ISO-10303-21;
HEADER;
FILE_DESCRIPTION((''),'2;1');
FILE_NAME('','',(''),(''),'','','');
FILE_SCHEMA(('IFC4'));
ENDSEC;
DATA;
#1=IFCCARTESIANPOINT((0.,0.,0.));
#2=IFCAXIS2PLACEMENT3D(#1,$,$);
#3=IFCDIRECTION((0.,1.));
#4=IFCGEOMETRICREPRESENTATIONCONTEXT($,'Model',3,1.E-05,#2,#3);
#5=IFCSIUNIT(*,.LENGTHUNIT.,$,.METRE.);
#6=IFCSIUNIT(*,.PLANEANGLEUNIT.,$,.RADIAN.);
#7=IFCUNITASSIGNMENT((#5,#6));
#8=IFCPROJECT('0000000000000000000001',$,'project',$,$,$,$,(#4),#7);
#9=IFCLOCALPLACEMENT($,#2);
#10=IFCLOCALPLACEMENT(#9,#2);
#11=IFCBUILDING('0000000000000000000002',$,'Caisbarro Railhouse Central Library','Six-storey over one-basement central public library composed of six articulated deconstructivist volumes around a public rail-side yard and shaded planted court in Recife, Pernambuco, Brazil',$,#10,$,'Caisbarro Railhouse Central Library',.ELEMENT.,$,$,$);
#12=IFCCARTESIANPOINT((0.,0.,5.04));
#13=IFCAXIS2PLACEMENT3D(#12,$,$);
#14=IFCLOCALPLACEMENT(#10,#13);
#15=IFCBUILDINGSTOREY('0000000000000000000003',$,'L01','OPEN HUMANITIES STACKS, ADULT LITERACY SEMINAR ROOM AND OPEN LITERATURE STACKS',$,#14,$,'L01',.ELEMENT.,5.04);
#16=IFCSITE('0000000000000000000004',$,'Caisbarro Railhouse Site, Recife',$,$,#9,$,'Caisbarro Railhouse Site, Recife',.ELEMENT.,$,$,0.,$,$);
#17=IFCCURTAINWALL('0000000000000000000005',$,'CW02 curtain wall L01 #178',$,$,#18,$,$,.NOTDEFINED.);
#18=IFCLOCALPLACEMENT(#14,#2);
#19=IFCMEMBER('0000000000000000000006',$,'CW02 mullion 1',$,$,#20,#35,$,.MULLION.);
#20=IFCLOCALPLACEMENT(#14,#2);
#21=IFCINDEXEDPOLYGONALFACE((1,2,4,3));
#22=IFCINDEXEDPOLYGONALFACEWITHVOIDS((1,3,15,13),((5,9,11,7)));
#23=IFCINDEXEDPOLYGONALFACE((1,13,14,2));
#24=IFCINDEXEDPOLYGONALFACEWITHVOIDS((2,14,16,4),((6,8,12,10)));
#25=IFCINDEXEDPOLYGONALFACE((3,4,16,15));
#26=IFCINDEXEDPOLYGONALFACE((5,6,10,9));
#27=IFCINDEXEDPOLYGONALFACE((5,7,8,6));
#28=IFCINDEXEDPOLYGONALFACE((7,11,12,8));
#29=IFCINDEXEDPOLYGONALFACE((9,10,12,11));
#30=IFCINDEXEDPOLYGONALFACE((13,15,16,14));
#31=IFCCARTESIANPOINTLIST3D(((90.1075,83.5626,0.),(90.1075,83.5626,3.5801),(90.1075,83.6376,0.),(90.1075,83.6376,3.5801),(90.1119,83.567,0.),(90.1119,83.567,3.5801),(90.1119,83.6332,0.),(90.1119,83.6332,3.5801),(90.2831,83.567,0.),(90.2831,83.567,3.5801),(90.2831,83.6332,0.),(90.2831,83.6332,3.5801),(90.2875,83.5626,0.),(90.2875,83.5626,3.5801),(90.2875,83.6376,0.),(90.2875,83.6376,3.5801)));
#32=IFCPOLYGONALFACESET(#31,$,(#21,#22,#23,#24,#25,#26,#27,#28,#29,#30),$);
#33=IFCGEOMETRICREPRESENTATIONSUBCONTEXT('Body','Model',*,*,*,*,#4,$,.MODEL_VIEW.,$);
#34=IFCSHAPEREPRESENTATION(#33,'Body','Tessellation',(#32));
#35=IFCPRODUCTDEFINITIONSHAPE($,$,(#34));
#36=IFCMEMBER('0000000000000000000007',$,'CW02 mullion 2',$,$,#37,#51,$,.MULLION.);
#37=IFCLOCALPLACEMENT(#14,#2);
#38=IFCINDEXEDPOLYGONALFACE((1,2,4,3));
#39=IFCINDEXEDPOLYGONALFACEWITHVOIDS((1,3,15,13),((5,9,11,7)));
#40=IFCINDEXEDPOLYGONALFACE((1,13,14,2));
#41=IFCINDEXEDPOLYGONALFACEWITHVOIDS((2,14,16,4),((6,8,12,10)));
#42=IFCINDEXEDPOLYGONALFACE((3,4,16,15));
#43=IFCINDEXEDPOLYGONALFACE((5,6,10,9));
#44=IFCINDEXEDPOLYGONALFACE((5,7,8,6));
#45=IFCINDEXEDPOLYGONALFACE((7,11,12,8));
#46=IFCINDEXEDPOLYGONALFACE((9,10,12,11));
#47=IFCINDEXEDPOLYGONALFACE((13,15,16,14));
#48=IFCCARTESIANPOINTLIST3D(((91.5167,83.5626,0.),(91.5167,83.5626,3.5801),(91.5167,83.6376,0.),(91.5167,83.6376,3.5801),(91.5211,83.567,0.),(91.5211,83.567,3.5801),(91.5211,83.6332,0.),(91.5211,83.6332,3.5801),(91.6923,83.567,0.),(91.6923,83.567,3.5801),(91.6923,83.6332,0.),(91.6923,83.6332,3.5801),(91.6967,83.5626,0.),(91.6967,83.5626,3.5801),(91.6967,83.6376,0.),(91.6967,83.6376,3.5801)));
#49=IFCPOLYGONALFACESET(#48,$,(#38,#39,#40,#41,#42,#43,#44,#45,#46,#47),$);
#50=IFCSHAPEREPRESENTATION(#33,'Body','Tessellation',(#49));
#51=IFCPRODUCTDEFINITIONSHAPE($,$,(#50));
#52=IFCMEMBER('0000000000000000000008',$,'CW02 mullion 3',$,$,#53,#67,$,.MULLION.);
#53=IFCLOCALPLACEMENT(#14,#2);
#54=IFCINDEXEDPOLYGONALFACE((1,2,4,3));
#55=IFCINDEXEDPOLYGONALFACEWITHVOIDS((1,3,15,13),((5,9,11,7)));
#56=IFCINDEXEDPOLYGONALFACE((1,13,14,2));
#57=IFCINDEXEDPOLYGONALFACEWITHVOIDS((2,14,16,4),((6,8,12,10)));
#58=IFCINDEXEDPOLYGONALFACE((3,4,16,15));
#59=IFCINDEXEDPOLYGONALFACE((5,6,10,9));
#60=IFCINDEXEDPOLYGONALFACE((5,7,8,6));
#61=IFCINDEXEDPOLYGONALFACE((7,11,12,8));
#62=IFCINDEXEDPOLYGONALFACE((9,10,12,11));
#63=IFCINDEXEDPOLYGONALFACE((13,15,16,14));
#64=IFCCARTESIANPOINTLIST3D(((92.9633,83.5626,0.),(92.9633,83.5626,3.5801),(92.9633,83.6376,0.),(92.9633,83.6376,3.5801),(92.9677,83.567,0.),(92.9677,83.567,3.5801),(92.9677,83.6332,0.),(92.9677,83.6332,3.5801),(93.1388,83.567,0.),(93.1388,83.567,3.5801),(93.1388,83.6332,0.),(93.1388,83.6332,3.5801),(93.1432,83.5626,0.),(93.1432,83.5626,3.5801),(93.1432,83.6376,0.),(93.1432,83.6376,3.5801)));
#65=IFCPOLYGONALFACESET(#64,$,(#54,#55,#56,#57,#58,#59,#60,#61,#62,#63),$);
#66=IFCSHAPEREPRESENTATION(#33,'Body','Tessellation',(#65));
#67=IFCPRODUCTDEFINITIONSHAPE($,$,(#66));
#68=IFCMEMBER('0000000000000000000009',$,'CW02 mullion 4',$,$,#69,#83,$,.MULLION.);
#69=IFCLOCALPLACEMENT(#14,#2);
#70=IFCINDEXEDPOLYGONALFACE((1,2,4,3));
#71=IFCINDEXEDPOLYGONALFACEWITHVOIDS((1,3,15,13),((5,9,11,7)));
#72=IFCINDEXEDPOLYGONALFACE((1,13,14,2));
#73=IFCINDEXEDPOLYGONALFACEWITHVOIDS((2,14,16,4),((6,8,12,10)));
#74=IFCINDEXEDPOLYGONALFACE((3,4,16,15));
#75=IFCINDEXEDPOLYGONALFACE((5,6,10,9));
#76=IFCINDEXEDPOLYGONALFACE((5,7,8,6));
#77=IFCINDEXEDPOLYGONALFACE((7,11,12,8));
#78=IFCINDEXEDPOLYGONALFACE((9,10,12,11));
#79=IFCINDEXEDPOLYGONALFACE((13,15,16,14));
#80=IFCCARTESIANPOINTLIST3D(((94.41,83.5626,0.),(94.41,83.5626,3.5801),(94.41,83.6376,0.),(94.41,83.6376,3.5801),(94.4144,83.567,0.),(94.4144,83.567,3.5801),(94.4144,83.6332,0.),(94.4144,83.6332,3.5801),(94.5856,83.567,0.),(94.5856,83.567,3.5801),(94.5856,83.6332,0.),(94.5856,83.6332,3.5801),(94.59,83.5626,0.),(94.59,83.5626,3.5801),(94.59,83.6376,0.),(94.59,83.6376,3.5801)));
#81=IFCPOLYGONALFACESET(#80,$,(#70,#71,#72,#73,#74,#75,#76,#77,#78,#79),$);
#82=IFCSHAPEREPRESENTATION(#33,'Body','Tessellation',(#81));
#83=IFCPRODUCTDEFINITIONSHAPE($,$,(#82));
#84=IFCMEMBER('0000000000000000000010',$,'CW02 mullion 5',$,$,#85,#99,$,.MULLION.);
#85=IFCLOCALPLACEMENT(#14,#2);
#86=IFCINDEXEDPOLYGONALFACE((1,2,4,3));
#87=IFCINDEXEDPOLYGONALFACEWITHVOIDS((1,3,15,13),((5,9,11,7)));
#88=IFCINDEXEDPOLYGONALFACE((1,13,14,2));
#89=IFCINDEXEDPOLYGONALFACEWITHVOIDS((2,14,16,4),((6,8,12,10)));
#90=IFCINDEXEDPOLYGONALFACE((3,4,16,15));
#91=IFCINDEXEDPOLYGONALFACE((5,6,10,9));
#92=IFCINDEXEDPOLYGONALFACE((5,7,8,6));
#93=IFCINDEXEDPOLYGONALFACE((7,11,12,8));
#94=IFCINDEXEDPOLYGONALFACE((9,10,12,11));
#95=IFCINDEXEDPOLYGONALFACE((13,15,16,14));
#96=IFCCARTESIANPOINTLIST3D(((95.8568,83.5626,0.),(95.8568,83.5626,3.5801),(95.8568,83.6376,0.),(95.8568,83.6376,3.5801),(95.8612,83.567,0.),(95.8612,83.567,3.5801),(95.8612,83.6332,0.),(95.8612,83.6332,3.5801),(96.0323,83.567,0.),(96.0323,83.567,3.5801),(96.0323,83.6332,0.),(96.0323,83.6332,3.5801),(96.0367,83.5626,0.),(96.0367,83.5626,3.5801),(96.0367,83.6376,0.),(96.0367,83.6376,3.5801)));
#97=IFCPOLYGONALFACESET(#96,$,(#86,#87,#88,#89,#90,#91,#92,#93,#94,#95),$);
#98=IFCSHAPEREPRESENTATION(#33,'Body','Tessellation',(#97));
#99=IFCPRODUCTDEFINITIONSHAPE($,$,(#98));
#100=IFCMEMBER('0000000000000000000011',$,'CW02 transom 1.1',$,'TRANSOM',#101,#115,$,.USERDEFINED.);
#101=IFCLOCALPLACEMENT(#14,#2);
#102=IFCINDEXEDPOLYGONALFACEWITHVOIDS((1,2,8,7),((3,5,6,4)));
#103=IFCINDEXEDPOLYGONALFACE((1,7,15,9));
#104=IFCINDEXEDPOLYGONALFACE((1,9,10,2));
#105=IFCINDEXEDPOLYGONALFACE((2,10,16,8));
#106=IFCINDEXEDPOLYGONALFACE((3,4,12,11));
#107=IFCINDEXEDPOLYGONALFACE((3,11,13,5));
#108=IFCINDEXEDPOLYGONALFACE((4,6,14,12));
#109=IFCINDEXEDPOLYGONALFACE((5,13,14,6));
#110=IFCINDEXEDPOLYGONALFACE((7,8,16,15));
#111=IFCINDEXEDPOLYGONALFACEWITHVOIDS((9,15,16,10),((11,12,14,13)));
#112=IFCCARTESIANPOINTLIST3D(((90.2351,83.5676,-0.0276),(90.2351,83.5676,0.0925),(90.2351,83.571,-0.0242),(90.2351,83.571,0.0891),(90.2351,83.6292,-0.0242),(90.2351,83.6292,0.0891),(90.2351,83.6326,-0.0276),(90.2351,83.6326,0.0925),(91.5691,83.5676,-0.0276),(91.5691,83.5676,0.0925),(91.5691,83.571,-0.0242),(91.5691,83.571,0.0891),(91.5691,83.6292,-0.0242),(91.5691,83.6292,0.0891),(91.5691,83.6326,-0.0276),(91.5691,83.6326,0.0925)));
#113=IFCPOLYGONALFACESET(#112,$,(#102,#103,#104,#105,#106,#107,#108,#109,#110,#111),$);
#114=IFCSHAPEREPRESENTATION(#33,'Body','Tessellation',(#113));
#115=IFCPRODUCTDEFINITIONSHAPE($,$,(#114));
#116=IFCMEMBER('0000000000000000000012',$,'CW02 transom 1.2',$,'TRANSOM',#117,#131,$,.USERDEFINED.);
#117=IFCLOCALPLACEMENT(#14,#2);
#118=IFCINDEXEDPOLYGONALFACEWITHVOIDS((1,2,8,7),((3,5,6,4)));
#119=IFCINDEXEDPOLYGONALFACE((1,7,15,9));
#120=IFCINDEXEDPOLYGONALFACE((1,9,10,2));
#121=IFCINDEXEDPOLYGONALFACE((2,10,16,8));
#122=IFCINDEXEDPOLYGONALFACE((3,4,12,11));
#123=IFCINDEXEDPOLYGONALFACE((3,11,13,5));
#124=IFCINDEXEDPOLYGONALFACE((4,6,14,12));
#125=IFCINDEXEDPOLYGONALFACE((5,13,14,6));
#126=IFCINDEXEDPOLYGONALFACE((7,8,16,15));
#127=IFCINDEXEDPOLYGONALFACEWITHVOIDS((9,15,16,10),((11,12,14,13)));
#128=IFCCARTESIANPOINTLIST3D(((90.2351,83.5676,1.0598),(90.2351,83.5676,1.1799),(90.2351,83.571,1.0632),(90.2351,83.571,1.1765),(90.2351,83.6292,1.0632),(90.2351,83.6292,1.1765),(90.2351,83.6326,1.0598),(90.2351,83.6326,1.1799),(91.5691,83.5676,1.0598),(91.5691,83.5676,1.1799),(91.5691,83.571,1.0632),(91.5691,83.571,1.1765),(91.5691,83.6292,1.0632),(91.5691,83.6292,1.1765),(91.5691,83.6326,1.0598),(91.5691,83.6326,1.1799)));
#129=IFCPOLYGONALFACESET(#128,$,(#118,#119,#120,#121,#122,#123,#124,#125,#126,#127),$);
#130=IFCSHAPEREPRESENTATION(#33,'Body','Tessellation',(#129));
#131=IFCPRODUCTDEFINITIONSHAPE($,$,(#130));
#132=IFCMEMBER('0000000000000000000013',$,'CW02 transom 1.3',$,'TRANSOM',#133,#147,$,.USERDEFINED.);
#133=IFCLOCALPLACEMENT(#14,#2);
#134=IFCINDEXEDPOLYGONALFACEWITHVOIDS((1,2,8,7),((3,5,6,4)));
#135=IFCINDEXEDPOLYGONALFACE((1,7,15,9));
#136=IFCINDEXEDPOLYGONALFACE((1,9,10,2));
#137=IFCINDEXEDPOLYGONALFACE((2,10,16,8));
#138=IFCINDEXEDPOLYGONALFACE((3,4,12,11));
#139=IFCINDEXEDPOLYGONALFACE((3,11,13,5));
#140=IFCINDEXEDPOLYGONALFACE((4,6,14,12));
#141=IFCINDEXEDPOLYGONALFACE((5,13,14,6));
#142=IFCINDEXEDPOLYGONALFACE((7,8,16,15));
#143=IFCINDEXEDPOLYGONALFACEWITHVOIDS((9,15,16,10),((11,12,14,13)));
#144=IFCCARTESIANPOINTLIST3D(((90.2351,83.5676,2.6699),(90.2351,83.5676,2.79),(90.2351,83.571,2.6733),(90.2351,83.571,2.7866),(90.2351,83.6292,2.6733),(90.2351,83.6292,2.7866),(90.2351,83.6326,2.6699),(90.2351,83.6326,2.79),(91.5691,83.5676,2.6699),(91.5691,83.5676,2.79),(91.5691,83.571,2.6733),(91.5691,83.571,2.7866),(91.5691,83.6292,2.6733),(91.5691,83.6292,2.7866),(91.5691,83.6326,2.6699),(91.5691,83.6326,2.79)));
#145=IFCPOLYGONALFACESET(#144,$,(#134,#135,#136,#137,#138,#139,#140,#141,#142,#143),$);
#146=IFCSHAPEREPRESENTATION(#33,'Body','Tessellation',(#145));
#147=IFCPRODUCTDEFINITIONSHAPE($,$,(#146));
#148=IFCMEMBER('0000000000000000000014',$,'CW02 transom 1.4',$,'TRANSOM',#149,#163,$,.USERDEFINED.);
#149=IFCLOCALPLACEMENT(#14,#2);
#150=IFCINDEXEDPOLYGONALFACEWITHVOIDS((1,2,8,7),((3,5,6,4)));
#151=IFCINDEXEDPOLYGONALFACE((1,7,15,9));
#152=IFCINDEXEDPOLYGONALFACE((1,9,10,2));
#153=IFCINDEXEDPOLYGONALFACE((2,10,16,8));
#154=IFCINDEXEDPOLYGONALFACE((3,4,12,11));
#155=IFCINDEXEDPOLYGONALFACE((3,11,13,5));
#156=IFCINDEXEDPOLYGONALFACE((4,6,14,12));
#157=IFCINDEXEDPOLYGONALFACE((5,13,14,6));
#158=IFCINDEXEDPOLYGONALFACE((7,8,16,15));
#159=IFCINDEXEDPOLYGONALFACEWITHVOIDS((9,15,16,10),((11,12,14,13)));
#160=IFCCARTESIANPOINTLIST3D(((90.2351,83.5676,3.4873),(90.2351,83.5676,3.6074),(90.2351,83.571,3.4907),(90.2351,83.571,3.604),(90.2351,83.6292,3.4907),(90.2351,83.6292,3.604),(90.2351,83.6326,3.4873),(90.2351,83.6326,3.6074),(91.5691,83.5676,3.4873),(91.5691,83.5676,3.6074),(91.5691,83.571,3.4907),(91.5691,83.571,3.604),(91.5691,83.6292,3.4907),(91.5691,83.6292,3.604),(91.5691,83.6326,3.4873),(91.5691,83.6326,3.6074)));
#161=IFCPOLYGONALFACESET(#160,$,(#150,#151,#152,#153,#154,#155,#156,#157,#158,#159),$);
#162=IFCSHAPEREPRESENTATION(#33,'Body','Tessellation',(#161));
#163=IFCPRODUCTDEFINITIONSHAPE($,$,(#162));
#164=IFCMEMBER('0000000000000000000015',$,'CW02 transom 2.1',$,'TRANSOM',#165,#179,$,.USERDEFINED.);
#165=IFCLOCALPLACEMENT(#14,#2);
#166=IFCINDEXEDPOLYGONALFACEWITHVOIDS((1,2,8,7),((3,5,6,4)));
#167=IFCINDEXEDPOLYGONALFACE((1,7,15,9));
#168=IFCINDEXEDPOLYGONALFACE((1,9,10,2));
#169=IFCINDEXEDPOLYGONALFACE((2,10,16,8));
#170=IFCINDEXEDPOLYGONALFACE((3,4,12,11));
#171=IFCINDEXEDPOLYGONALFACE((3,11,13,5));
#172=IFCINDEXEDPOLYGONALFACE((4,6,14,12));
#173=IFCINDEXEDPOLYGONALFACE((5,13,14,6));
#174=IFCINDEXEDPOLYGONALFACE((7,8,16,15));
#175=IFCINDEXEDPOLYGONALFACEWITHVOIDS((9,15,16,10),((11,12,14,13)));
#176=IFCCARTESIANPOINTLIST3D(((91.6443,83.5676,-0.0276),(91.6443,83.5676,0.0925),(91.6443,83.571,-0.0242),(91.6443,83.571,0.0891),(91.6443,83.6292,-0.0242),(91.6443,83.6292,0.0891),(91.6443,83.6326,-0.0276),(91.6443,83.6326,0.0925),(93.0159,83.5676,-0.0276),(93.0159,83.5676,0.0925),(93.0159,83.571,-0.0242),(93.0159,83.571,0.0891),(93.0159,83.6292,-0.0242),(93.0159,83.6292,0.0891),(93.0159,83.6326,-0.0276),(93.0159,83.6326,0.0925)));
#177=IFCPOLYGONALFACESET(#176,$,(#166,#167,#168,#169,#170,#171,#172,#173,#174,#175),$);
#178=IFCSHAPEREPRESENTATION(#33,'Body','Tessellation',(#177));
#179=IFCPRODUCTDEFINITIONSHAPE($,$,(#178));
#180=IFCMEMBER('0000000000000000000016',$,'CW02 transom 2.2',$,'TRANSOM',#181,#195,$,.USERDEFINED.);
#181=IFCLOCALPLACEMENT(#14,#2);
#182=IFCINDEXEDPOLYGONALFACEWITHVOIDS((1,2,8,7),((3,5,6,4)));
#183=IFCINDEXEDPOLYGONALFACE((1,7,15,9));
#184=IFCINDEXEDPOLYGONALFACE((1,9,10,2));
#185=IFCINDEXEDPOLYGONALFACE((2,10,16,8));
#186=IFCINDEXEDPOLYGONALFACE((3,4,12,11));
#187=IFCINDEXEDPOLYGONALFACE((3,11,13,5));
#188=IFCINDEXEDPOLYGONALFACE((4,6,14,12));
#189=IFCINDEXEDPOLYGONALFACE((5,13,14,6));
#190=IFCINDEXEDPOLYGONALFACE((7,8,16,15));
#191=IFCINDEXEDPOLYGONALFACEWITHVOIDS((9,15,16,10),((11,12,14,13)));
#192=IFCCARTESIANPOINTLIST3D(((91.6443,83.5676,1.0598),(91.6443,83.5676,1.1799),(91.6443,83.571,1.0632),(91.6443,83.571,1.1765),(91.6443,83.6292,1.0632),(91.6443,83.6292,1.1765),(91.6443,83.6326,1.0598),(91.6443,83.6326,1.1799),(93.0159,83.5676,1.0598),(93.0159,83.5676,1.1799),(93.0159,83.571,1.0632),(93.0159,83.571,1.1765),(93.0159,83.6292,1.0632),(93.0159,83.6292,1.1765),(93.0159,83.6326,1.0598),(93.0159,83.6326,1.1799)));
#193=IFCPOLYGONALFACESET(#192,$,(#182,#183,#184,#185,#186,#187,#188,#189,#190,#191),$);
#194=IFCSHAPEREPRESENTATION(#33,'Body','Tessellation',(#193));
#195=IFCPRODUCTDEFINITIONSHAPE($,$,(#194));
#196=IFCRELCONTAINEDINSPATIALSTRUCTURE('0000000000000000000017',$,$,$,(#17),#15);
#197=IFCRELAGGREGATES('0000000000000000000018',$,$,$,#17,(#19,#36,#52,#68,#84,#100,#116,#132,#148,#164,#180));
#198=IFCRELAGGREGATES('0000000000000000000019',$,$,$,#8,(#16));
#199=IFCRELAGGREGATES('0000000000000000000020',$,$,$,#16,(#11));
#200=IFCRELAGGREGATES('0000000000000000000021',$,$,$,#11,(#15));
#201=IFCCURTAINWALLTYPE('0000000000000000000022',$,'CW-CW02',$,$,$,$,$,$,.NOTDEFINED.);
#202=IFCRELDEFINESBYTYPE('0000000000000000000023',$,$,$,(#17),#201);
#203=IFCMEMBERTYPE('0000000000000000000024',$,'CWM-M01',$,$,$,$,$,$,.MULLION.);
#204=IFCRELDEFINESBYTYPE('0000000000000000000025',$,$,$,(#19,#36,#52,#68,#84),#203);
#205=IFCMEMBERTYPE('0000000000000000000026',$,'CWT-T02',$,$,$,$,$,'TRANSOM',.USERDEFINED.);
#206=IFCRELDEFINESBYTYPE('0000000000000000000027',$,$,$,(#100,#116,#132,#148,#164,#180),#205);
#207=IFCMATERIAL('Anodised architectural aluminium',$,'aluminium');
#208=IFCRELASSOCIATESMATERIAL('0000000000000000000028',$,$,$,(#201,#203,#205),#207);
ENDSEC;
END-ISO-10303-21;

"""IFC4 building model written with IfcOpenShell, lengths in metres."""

from ifc_helpers import new_model, si_unit, direction, frame, origin, origin_2d, place, context, subcontext, project, spatial, hollow_rectangle, extrude, material, material_profile, profile_set, type_object, element, aggregate, save


model = new_model("IFC4")

# Units and contexts
model_context = context("Model", 3, precision=1e-05, world=origin(), true_north=direction((0.0, 1.0)))
body_context = subcontext(model_context, "Body", "Model", "MODEL_VIEW")
ifc_project = project(units=[si_unit("LENGTHUNIT", "METRE"), si_unit("PLANEANGLEUNIT", "RADIAN")], contexts=[model_context])

# Site, building, storey
site_placement = place(None, origin())
site = spatial("IfcSite", under=ifc_project, at=site_placement, Name="Caisbarro Railhouse Site, Recife", LongName="Caisbarro Railhouse Site, Recife", CompositionType="ELEMENT", RefElevation=0.0)
building_placement = place(site_placement, origin())
building = spatial("IfcBuilding", under=site, at=building_placement, Name="Caisbarro Railhouse Central Library", Description="Six-storey over one-basement central public library composed of six articulated deconstructivist volumes around a public rail-side yard and shaded planted court in Recife, Pernambuco, Brazil", LongName="Caisbarro Railhouse Central Library", CompositionType="ELEMENT")
storey_placement = place(building_placement, frame((0.0, 0.0, 5.04)))
storey = spatial("IfcBuildingStorey", under=building, at=storey_placement, Name="L01", Description="OPEN HUMANITIES STACKS, ADULT LITERACY SEMINAR ROOM AND OPEN LITERATURE STACKS", LongName="L01", CompositionType="ELEMENT", Elevation=5.04)

# Curtain wall, members
ifc_material_1 = material(Name="Anodised architectural aluminium", Category="aluminium")
curtain_wall_type = type_object("IfcCurtainWallType", Name="CW-CW02", PredefinedType="NOTDEFINED", material=ifc_material_1)
curtain_wall_placement = place(storey_placement, origin())
curtain_wall = element("IfcCurtainWall", 1, at=curtain_wall_placement, inside=storey, type_object=curtain_wall_type, Name="CW02 curtain wall L01 #178", PredefinedType="NOTDEFINED")
ifc_material_profile_1 = material_profile(ifc_material_1, hollow_rectangle(XDim=0.075, YDim=0.1799, WallThickness=0.0044, at=origin_2d()), Name="ALU-MUL-75X180")
ifc_profile_set_1 = profile_set([ifc_material_profile_1], Name="Anodised architectural aluminium")
member_type_1 = type_object("IfcMemberType", Name="CWM-M01", PredefinedType="MULLION", material=ifc_profile_set_1)
member_1_placement = place(storey_placement, frame((90.1975, 83.6001, 0.0), z_axis=(0.0, 0.0, 1.0), x_axis=(0.0, 1.0, 0.0)))
member_1 = element("IfcMember", 2, at=member_1_placement, type_object=member_type_1, Name="CW02 mullion 1", PredefinedType="MULLION", context=body_context, shape_type="SweptSolid", body=[
    extrude(hollow_rectangle(XDim=0.075, YDim=0.1799, WallThickness=0.0044, at=origin_2d()), origin(), (0.0, 0.0, 1.0), 3.5801),
])
member_2_placement = place(storey_placement, frame((91.6067, 83.6001, 0.0), z_axis=(0.0, 0.0, 1.0), x_axis=(0.0, 1.0, 0.0)))
member_2 = element("IfcMember", 3, at=member_2_placement, type_object=member_type_1, Name="CW02 mullion 2", PredefinedType="MULLION", context=body_context, shape_type="SweptSolid", body=[
    extrude(hollow_rectangle(XDim=0.075, YDim=0.1799, WallThickness=0.0044, at=origin_2d()), origin(), (0.0, 0.0, 1.0), 3.5801),
])
member_3_placement = place(storey_placement, frame((93.0532, 83.6001, 0.0), z_axis=(0.0, 0.0, 1.0), x_axis=(0.0, 1.0, 0.0)))
member_3 = element("IfcMember", 4, at=member_3_placement, type_object=member_type_1, Name="CW02 mullion 3", PredefinedType="MULLION", context=body_context, shape_type="SweptSolid", body=[
    extrude(hollow_rectangle(XDim=0.075, YDim=0.1799, WallThickness=0.0044, at=origin_2d()), origin(), (0.0, 0.0, 1.0), 3.5801),
])
member_4_placement = place(storey_placement, frame((94.5, 83.6001, 0.0), z_axis=(0.0, 0.0, 1.0), x_axis=(0.0, 1.0, 0.0)))
member_4 = element("IfcMember", 5, at=member_4_placement, type_object=member_type_1, Name="CW02 mullion 4", PredefinedType="MULLION", context=body_context, shape_type="SweptSolid", body=[
    extrude(hollow_rectangle(XDim=0.075, YDim=0.1799, WallThickness=0.0044, at=origin_2d()), origin(), (0.0, 0.0, 1.0), 3.5801),
])
member_5_placement = place(storey_placement, frame((95.9468, 83.6001, 0.0), z_axis=(0.0, 0.0, 1.0), x_axis=(0.0, 1.0, 0.0)))
member_5 = element("IfcMember", 6, at=member_5_placement, type_object=member_type_1, Name="CW02 mullion 5", PredefinedType="MULLION", context=body_context, shape_type="SweptSolid", body=[
    extrude(hollow_rectangle(XDim=0.075, YDim=0.1799, WallThickness=0.0044, at=origin_2d()), origin(), (0.0, 0.0, 1.0), 3.5801),
])
ifc_material_profile_2 = material_profile(ifc_material_1, hollow_rectangle(XDim=0.0649, YDim=0.1201, WallThickness=0.0034, at=origin_2d()), Name="ALU-TRN-65X120")
ifc_profile_set_2 = profile_set([ifc_material_profile_2], Name="Anodised architectural aluminium")
member_type_2 = type_object("IfcMemberType", Name="CWT-T02", ElementType="TRANSOM", PredefinedType="USERDEFINED", material=ifc_profile_set_2)
member_6_placement = place(storey_placement, frame((90.2351, 83.6001, 0.0325), z_axis=(1.0, 0.0, 0.0), x_axis=(0.0, 1.0, 0.0)))
member_6 = element("IfcMember", 7, at=member_6_placement, type_object=member_type_2, Name="CW02 transom 1.1", ObjectType="TRANSOM", PredefinedType="USERDEFINED", context=body_context, shape_type="SweptSolid", body=[
    extrude(hollow_rectangle(XDim=0.0649, YDim=0.1201, WallThickness=0.0034, at=origin_2d()), origin(), (0.0, 0.0, 1.0), 1.334),
])
member_7_placement = place(storey_placement, frame((90.2351, 83.6001, 1.1199), z_axis=(1.0, 0.0, 0.0), x_axis=(0.0, 1.0, 0.0)))
member_7 = element("IfcMember", 8, at=member_7_placement, type_object=member_type_2, Name="CW02 transom 1.2", ObjectType="TRANSOM", PredefinedType="USERDEFINED", context=body_context, shape_type="SweptSolid", body=[
    extrude(hollow_rectangle(XDim=0.0649, YDim=0.1201, WallThickness=0.0034, at=origin_2d()), origin(), (0.0, 0.0, 1.0), 1.334),
])
member_8_placement = place(storey_placement, frame((90.2351, 83.6001, 2.73), z_axis=(1.0, 0.0, 0.0), x_axis=(0.0, 1.0, 0.0)))
member_8 = element("IfcMember", 9, at=member_8_placement, type_object=member_type_2, Name="CW02 transom 1.3", ObjectType="TRANSOM", PredefinedType="USERDEFINED", context=body_context, shape_type="SweptSolid", body=[
    extrude(hollow_rectangle(XDim=0.0649, YDim=0.1201, WallThickness=0.0034, at=origin_2d()), origin(), (0.0, 0.0, 1.0), 1.334),
])
member_9_placement = place(storey_placement, frame((90.2351, 83.6001, 3.5474), z_axis=(1.0, 0.0, 0.0), x_axis=(0.0, 1.0, 0.0)))
member_9 = element("IfcMember", 10, at=member_9_placement, type_object=member_type_2, Name="CW02 transom 1.4", ObjectType="TRANSOM", PredefinedType="USERDEFINED", context=body_context, shape_type="SweptSolid", body=[
    extrude(hollow_rectangle(XDim=0.0649, YDim=0.1201, WallThickness=0.0034, at=origin_2d()), origin(), (0.0, 0.0, 1.0), 1.334),
])
member_10_placement = place(storey_placement, frame((91.6443, 83.6001, 0.0325), z_axis=(1.0, 0.0, 0.0), x_axis=(0.0, 1.0, 0.0)))
member_10 = element("IfcMember", 11, at=member_10_placement, type_object=member_type_2, Name="CW02 transom 2.1", ObjectType="TRANSOM", PredefinedType="USERDEFINED", context=body_context, shape_type="SweptSolid", body=[
    extrude(hollow_rectangle(XDim=0.0649, YDim=0.1201, WallThickness=0.0034, at=origin_2d()), origin(), (0.0, 0.0, 1.0), 1.3716),
])
member_11_placement = place(storey_placement, frame((91.6443, 83.6001, 1.1199), z_axis=(1.0, 0.0, 0.0), x_axis=(0.0, 1.0, 0.0)))
member_11 = element("IfcMember", 12, at=member_11_placement, type_object=member_type_2, Name="CW02 transom 2.2", ObjectType="TRANSOM", PredefinedType="USERDEFINED", context=body_context, shape_type="SweptSolid", body=[
    extrude(hollow_rectangle(XDim=0.0649, YDim=0.1201, WallThickness=0.0034, at=origin_2d()), origin(), (0.0, 0.0, 1.0), 1.3716),
])
aggregate(curtain_wall, [member_1, member_2, member_3, member_4, member_5, member_6, member_7, member_8, member_9, member_10, member_11])

save(model, "model.ifc")
